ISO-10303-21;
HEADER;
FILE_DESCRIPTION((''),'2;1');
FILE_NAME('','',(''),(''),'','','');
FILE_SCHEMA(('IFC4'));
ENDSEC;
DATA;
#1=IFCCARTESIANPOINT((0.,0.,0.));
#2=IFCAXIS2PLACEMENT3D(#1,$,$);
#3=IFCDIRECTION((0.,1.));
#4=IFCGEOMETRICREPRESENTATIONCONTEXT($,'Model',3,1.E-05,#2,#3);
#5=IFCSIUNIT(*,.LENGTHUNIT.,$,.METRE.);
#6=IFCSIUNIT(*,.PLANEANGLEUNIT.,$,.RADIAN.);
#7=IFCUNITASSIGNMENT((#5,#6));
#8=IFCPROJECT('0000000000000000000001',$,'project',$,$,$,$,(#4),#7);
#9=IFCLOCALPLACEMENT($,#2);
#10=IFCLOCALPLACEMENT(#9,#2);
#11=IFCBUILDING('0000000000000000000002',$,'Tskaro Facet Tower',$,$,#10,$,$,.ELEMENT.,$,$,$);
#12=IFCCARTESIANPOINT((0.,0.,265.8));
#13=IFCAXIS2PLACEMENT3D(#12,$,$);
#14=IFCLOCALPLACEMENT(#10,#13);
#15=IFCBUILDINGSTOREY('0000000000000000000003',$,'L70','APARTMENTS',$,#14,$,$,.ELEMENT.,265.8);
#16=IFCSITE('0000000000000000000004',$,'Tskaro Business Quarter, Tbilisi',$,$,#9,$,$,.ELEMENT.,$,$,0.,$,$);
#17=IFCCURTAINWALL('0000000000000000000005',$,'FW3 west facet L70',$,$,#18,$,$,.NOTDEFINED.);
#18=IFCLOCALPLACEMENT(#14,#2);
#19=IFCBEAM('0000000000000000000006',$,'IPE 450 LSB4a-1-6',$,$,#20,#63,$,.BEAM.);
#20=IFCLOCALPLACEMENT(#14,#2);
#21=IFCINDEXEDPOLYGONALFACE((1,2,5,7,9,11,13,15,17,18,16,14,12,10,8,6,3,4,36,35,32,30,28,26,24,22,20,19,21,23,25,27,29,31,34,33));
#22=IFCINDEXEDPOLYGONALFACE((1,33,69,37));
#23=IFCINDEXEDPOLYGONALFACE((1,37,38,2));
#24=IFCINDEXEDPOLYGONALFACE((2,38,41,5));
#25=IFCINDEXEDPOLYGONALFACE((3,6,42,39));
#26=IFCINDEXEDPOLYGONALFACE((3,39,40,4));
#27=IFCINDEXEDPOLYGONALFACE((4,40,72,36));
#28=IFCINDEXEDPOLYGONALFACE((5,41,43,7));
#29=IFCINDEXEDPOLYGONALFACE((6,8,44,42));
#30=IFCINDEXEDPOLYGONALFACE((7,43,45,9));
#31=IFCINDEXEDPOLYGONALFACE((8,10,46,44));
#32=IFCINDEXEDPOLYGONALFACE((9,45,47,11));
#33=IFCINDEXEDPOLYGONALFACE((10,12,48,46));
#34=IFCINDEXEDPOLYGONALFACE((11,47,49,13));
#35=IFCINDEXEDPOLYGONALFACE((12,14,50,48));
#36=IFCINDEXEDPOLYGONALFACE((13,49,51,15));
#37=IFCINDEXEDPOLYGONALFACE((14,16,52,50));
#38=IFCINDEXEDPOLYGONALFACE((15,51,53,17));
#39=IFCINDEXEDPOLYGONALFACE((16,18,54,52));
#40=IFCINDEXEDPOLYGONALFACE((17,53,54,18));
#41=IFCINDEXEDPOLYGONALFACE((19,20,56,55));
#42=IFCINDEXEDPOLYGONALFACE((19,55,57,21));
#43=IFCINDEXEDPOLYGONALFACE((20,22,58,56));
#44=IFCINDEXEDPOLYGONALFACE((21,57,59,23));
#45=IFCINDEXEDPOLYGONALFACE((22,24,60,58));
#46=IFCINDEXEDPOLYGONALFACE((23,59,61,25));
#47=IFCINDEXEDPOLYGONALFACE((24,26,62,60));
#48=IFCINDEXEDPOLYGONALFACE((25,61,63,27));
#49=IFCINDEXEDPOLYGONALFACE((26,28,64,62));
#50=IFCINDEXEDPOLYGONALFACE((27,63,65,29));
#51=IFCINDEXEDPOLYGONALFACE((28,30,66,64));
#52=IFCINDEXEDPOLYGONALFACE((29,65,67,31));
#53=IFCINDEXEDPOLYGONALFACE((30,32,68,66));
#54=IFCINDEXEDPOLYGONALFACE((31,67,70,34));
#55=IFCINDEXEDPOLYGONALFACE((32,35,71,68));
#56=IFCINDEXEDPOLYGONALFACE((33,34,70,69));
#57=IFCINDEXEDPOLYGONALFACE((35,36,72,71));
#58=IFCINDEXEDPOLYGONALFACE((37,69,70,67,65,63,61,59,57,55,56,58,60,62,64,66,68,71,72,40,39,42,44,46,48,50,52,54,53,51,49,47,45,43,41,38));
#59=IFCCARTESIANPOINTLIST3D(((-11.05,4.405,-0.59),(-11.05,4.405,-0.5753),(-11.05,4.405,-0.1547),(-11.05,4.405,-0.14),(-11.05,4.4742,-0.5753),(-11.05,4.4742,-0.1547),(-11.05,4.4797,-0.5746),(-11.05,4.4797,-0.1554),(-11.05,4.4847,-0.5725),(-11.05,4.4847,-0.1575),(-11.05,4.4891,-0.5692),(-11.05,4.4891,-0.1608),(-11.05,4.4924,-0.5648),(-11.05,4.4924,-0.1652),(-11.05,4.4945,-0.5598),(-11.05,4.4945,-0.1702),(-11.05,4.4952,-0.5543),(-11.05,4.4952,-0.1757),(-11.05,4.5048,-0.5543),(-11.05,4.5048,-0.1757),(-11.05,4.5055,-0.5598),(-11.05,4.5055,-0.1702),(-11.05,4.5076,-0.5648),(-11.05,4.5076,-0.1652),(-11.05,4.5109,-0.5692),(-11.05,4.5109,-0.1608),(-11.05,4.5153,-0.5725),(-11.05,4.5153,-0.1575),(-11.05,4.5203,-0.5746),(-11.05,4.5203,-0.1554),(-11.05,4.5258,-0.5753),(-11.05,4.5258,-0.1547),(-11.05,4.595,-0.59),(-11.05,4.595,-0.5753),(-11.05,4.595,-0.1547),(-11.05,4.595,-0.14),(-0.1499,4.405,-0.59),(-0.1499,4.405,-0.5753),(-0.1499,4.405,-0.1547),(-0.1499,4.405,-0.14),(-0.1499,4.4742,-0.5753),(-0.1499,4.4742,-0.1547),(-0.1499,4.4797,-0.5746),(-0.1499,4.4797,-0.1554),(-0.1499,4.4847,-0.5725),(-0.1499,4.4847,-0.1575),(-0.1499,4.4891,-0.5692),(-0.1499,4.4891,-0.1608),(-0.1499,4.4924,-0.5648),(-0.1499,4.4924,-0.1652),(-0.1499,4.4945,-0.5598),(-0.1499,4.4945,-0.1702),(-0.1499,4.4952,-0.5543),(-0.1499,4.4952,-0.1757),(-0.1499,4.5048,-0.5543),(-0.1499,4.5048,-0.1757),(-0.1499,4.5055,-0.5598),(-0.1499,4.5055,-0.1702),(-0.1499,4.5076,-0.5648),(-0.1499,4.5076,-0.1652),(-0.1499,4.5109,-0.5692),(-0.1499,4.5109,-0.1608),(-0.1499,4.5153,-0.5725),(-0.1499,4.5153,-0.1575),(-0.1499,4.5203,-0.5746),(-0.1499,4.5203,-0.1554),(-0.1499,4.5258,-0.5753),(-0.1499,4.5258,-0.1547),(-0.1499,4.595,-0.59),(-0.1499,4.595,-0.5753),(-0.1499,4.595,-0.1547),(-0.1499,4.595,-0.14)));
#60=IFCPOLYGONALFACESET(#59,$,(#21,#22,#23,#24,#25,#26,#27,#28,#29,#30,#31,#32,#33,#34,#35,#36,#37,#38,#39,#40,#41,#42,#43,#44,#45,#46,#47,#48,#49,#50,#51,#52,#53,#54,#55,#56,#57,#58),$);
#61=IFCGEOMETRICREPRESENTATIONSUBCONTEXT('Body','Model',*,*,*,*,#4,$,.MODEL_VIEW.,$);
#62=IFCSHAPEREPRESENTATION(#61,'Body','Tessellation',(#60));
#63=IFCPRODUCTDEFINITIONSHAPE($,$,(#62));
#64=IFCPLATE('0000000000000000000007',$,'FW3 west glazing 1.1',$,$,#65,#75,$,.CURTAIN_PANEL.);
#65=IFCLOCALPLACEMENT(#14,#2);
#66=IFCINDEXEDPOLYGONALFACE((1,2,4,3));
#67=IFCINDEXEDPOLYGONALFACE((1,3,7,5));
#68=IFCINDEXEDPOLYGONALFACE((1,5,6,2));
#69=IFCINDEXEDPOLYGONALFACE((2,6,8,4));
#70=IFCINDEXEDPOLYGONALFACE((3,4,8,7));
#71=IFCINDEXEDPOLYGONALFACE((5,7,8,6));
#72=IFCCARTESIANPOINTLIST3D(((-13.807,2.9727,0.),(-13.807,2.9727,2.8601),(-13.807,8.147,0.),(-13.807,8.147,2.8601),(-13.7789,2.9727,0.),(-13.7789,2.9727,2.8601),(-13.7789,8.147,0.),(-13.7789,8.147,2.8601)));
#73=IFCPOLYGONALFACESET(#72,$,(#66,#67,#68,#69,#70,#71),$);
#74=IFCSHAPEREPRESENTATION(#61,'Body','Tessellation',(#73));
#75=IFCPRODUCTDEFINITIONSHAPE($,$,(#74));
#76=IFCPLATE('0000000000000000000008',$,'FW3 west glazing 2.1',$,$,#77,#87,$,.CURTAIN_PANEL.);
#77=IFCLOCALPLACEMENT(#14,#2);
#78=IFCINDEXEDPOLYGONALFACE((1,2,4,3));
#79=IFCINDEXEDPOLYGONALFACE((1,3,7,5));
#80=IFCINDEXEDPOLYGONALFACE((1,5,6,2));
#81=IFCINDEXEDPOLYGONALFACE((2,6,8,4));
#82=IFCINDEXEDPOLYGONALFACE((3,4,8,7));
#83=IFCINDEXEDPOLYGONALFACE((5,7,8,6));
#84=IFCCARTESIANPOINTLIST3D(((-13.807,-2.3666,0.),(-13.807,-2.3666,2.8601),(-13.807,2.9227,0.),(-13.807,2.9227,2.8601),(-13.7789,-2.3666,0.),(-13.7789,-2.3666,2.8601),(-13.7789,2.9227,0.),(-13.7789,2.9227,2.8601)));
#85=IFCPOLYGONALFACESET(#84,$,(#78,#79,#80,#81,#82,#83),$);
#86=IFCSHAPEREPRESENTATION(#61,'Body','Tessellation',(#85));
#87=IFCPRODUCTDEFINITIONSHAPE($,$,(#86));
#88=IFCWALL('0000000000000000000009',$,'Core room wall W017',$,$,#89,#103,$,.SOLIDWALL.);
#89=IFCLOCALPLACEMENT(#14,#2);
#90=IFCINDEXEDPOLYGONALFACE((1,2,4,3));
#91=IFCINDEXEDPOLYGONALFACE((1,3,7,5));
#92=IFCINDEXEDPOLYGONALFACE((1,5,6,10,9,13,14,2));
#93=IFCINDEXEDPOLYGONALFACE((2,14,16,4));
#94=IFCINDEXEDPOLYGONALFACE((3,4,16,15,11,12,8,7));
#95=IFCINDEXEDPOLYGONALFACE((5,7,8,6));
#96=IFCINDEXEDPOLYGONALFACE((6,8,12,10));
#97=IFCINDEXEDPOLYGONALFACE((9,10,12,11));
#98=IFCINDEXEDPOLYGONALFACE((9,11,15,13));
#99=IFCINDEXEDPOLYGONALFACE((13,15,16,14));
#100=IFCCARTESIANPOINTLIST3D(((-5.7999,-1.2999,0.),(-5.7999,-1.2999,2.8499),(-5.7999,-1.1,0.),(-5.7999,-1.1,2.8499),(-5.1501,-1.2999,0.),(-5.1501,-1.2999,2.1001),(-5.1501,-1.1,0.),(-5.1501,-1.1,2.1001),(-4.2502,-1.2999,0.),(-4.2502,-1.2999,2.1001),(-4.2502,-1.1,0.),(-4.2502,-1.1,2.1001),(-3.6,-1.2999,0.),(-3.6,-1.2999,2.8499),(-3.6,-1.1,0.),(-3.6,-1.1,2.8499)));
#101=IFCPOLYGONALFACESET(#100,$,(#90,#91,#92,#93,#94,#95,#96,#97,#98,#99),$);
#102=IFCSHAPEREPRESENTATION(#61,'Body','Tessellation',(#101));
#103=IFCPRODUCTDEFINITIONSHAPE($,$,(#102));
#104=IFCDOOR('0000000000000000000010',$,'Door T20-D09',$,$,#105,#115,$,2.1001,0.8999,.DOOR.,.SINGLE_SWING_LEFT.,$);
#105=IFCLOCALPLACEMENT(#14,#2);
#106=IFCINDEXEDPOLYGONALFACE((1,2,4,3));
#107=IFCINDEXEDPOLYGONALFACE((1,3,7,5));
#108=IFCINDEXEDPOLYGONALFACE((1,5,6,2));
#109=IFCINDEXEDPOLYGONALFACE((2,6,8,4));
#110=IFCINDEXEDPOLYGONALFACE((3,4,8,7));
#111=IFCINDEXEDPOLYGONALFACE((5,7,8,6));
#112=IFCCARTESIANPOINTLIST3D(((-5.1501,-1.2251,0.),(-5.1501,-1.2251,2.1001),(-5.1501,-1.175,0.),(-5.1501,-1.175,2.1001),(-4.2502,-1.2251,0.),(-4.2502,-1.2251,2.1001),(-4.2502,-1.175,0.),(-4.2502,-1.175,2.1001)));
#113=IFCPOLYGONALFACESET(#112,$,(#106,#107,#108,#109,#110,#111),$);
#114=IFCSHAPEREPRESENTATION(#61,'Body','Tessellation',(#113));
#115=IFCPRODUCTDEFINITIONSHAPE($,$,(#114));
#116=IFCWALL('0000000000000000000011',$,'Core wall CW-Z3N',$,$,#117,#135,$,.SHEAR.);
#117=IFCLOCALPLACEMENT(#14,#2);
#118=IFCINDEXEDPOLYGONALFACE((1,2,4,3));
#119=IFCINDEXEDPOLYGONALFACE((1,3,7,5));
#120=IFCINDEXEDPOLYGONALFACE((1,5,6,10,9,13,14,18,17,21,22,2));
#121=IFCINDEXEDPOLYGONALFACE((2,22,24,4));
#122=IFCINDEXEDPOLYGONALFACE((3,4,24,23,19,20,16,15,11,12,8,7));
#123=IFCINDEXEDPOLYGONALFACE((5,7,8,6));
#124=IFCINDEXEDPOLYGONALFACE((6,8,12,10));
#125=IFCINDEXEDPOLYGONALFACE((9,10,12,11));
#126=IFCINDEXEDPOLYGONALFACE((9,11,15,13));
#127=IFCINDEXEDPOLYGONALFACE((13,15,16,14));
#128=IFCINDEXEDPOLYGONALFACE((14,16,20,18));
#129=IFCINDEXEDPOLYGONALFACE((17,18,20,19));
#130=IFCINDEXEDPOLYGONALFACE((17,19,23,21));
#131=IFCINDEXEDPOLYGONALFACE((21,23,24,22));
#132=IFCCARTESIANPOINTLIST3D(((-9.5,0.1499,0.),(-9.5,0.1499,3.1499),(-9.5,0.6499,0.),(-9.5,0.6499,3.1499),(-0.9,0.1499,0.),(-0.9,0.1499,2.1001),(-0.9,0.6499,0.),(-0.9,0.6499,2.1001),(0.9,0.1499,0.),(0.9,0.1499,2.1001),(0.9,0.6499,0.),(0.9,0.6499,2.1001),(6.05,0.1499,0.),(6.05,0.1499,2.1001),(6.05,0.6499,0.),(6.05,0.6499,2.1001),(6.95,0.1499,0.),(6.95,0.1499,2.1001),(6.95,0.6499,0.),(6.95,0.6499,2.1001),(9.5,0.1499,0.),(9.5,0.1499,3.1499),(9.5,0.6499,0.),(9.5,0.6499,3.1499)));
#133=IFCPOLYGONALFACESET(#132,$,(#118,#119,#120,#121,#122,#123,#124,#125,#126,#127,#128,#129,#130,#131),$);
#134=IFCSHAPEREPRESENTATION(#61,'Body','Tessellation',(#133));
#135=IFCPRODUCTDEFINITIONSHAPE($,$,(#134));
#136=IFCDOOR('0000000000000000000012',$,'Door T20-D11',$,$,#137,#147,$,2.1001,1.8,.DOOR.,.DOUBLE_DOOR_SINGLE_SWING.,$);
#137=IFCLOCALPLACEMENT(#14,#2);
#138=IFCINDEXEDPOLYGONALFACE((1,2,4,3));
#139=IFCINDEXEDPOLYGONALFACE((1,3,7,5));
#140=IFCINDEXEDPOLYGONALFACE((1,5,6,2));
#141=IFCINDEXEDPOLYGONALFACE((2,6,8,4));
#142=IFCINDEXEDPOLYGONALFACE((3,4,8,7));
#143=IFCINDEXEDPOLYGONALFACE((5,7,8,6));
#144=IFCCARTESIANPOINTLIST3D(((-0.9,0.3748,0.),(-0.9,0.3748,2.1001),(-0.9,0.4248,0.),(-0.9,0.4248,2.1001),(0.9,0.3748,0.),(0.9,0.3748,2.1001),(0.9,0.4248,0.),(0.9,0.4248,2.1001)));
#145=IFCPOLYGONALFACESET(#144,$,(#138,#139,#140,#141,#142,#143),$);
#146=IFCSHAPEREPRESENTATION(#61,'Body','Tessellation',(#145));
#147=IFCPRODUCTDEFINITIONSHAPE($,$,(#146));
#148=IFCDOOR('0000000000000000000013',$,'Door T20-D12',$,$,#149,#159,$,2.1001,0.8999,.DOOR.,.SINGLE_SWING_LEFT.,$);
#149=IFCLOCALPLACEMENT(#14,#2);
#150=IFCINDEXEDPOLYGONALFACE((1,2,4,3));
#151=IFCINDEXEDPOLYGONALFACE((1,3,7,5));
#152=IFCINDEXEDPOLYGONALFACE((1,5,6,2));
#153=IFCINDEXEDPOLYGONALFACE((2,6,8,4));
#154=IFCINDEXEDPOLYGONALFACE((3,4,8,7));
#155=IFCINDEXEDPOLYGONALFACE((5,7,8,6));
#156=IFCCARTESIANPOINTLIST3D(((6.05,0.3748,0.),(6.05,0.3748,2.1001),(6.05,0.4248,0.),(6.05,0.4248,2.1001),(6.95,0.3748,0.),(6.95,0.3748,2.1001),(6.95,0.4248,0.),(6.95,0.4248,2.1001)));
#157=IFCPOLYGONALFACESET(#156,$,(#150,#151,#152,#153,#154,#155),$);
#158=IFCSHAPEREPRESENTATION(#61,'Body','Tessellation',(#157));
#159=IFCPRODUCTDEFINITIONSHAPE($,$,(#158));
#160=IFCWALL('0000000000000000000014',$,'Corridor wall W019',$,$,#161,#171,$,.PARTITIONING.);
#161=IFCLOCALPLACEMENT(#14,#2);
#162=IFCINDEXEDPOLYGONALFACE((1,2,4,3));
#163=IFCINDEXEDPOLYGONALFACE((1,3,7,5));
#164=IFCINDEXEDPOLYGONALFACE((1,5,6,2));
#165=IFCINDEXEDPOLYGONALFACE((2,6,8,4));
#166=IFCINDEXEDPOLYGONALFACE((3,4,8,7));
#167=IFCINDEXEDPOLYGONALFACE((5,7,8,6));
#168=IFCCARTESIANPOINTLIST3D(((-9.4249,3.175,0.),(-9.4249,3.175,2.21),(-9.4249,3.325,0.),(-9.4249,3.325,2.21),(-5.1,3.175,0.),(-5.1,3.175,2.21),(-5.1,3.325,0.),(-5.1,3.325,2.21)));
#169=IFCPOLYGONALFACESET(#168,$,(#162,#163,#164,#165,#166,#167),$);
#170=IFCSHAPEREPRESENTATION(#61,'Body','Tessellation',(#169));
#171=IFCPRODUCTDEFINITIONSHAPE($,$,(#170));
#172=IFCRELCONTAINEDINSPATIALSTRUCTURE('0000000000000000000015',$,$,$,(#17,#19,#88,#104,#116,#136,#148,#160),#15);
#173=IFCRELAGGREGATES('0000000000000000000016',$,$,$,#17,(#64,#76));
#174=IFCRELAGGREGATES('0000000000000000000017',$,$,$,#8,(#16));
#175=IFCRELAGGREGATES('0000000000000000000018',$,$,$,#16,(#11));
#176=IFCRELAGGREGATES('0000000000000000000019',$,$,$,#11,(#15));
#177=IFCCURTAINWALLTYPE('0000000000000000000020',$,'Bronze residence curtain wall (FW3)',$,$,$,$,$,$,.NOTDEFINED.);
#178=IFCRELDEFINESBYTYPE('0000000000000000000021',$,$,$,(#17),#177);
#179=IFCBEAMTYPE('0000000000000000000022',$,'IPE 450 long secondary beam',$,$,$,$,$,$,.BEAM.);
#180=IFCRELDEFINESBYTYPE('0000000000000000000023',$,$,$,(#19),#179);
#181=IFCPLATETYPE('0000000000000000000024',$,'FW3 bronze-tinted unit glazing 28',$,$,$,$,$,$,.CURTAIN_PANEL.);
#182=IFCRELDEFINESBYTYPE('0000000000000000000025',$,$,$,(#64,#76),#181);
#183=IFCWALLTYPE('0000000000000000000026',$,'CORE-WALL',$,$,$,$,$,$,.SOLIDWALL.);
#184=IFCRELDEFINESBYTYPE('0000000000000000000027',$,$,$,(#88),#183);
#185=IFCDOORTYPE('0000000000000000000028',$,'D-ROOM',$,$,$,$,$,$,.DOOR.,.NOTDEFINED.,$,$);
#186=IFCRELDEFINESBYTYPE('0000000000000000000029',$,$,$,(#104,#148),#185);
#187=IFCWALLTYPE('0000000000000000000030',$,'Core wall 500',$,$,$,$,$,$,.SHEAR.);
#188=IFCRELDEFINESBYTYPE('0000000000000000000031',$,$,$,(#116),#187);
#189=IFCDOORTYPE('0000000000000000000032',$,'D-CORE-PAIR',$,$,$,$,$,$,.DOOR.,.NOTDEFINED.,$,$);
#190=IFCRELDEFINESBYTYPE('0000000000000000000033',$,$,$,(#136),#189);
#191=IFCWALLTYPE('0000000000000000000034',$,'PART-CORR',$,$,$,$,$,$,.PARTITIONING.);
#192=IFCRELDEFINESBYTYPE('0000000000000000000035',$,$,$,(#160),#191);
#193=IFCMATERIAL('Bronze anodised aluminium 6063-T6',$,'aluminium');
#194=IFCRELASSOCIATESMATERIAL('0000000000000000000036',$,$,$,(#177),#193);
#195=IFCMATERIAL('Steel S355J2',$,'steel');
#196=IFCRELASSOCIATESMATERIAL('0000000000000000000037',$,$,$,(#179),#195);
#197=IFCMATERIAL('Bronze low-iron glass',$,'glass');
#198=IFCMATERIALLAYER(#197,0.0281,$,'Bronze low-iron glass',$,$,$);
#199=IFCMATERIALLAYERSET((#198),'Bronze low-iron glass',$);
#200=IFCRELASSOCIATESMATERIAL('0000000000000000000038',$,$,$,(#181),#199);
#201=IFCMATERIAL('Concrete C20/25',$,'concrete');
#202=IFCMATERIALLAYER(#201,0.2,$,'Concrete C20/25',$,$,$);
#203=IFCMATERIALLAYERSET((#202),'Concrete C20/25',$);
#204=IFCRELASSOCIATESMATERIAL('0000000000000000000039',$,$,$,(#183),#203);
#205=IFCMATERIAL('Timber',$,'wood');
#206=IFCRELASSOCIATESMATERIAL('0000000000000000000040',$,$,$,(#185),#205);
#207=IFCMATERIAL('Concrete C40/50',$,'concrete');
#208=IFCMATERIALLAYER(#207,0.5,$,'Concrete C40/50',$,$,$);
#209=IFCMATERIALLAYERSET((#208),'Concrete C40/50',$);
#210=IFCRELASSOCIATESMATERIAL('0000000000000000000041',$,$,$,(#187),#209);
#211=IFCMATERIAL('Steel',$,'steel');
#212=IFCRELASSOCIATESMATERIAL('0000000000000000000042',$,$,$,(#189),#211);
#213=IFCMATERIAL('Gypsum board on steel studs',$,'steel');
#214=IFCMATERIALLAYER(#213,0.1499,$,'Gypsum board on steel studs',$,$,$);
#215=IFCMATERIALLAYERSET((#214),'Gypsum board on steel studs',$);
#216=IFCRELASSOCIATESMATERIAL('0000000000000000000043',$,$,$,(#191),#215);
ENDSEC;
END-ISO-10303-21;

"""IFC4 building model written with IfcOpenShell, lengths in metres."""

from ifc_helpers import new_model, si_unit, direction, frame, frame_2d, origin, origin_2d, place, context, subcontext, project, spatial, rectangle, i_section, extrude, material, layer, layer_set, material_profile, profile_set, type_object, element, fill, aggregate, save


model = new_model("IFC4")

# Units and contexts
model_context = context("Model", 3, precision=1e-05, world=origin(), true_north=direction((0.0, 1.0)))
body_context = subcontext(model_context, "Body", "Model", "MODEL_VIEW")
ifc_project = project(units=[si_unit("LENGTHUNIT", "METRE"), si_unit("PLANEANGLEUNIT", "RADIAN")], contexts=[model_context])

# Site, building, storey
site_placement = place(None, origin())
site = spatial("IfcSite", under=ifc_project, at=site_placement, Name="Tskaro Business Quarter, Tbilisi", CompositionType="ELEMENT", RefElevation=0.0)
building_placement = place(site_placement, origin())
building = spatial("IfcBuilding", under=site, at=building_placement, Name="Tskaro Facet Tower", CompositionType="ELEMENT")
storey_placement = place(building_placement, frame((0.0, 0.0, 265.8)))
storey = spatial("IfcBuildingStorey", under=building, at=storey_placement, Name="L70", Description="APARTMENTS", CompositionType="ELEMENT", Elevation=265.8)

# Curtain wall
ifc_material_1 = material(Name="Bronze anodised aluminium 6063-T6", Category="aluminium")
curtain_wall_type = type_object("IfcCurtainWallType", Name="Bronze residence curtain wall (FW3)", PredefinedType="NOTDEFINED", material=ifc_material_1)
curtain_wall_placement = place(storey_placement, origin())
curtain_wall = element("IfcCurtainWall", 1, at=curtain_wall_placement, inside=storey, type_object=curtain_wall_type, Name="FW3 west facet L70", PredefinedType="NOTDEFINED")

# Beam
ifc_material_2 = material(Name="Steel S355J2", Category="steel")
ifc_material_profile_1 = material_profile(ifc_material_2, i_section(OverallWidth=0.1899, OverallDepth=0.45, WebThickness=0.0095, FlangeThickness=0.0146, FilletRadius=0.021, at=origin_2d()), Name="IPE 450")
ifc_profile_set_1 = profile_set([ifc_material_profile_1], Name="Steel S355J2")
beam_type_1 = type_object("IfcBeamType", Name="IPE 450 long secondary beam", PredefinedType="BEAM", material=ifc_profile_set_1)
beam_1_placement = place(storey_placement, frame((-11.05, 4.5, -0.365), z_axis=(1.0, 0.0, 0.0), x_axis=(0.0, 1.0, 0.0)))
element("IfcBeam", 2, at=beam_1_placement, inside=storey, type_object=beam_type_1, Name="IPE 450 LSB4a-1-6", PredefinedType="BEAM", context=body_context, shape_type="SweptSolid", body=[
    extrude(i_section(OverallWidth=0.1899, OverallDepth=0.45, WebThickness=0.0095, FlangeThickness=0.0146, FilletRadius=0.021, at=origin_2d()), origin(), (0.0, 0.0, 1.0), 10.9001),
])

# Plates
ifc_material_3 = material(Name="Bronze low-iron glass", Category="glass")
ifc_layer_1 = layer(ifc_material_3, 0.0281, Name="Bronze low-iron glass")
ifc_layer_set_1 = layer_set([ifc_layer_1], Name="Bronze low-iron glass")
plate_type = type_object("IfcPlateType", Name="FW3 bronze-tinted unit glazing 28", PredefinedType="CURTAIN_PANEL", material=ifc_layer_set_1)
plate_1_placement = place(storey_placement, frame((-13.793, 5.5598, 0.0), z_axis=(0.0, 0.0, 1.0), x_axis=(0.0, -1.0, 0.0)))
plate_1 = element("IfcPlate", 3, at=plate_1_placement, type_object=plate_type, Name="FW3 west glazing 1.1", PredefinedType="CURTAIN_PANEL", context=body_context, shape_type="SweptSolid", body=[
    extrude(rectangle(XDim=5.1743, YDim=0.0281, at=origin_2d()), origin(), (0.0, 0.0, 1.0), 2.8601),
])
plate_2_placement = place(storey_placement, frame((-13.793, 0.2781, 0.0), z_axis=(0.0, 0.0, 1.0), x_axis=(0.0, -1.0, 0.0)))
plate_2 = element("IfcPlate", 4, at=plate_2_placement, type_object=plate_type, Name="FW3 west glazing 2.1", PredefinedType="CURTAIN_PANEL", context=body_context, shape_type="SweptSolid", body=[
    extrude(rectangle(XDim=5.2893, YDim=0.0281, at=origin_2d()), origin(), (0.0, 0.0, 1.0), 2.8601),
])
aggregate(curtain_wall, [plate_1, plate_2])

# Wall, opening, door
ifc_material_4 = material(Name="Concrete C20/25", Category="concrete")
ifc_layer_2 = layer(ifc_material_4, 0.2, Name="Concrete C20/25")
ifc_layer_set_2 = layer_set([ifc_layer_2], Name="Concrete C20/25")
wall_type_1 = type_object("IfcWallType", Name="CORE-WALL", PredefinedType="SOLIDWALL", material=ifc_layer_set_2)
wall_1_placement = place(storey_placement, frame((-5.8, -1.2, 0.0), z_axis=(0.0, 0.0, 1.0), x_axis=(1.0, 0.0, 0.0)))
wall_1 = element("IfcWall", 5, at=wall_1_placement, inside=storey, type_object=wall_type_1, Name="Core room wall W017", PredefinedType="SOLIDWALL", context=body_context, shape_type="SweptSolid", body=[
    extrude(rectangle(XDim=2.2, YDim=0.2, at=frame_2d((1.1001, 0.0))), origin(), (0.0, 0.0, 1.0), 2.8499),
])
opening_1_placement = place(wall_1_placement, frame((0.6499, 0.0, 0.0)))
opening_1 = element("IfcOpeningElement", 6, at=opening_1_placement, cuts=wall_1, PredefinedType="OPENING", context=body_context, shape_type="SweptSolid", body=[
    extrude(rectangle(XDim=0.8999, YDim=2.1001, at=frame_2d((0.45, 1.05))), frame((0.0, 0.1099, 0.0), z_axis=(0.0, -1.0, 0.0), x_axis=(1.0, 0.0, 0.0)), (0.0, 0.0, 1.0), 0.22),
])
ifc_material_5 = material(Name="Timber", Category="wood")
door_type_1 = type_object("IfcDoorType", Name="D-ROOM", OperationType="NOTDEFINED", PredefinedType="DOOR", material=ifc_material_5)
door_1_placement = place(opening_1_placement, origin())
door_1 = element("IfcDoor", 7, at=door_1_placement, inside=storey, type_object=door_type_1, Name="Door T20-D09", OperationType="SINGLE_SWING_LEFT", OverallHeight=2.1001, OverallWidth=0.8999, PredefinedType="DOOR", context=body_context, shape_type="SweptSolid", body=[
    extrude(rectangle(XDim=0.8999, YDim=2.1001, at=frame_2d((0.45, 1.05))), frame((0.0, 0.0249, 0.0), z_axis=(0.0, -1.0, 0.0), x_axis=(1.0, 0.0, 0.0)), (0.0, 0.0, 1.0), 0.05),
])
fill(opening_1, door_1)

# Wall, openings, doors
ifc_material_6 = material(Name="Concrete C40/50", Category="concrete")
ifc_layer_3 = layer(ifc_material_6, 0.5, Name="Concrete C40/50")
ifc_layer_set_3 = layer_set([ifc_layer_3], Name="Concrete C40/50")
wall_type_2 = type_object("IfcWallType", Name="Core wall 500", PredefinedType="SHEAR", material=ifc_layer_set_3)
wall_2_placement = place(storey_placement, frame((-9.5, 0.3999, 0.0), z_axis=(0.0, 0.0, 1.0), x_axis=(1.0, 0.0, 0.0)))
wall_2 = element("IfcWall", 8, at=wall_2_placement, inside=storey, type_object=wall_type_2, Name="Core wall CW-Z3N", PredefinedType="SHEAR", context=body_context, shape_type="SweptSolid", body=[
    extrude(rectangle(XDim=19.0, YDim=0.5, at=frame_2d((9.5, 0.0))), origin(), (0.0, 0.0, 1.0), 3.1499),
])
opening_2_placement = place(wall_2_placement, frame((8.6001, 0.0, 0.0)))
opening_2 = element("IfcOpeningElement", 9, at=opening_2_placement, cuts=wall_2, PredefinedType="OPENING", context=body_context, shape_type="SweptSolid", body=[
    extrude(rectangle(XDim=1.8, YDim=2.1001, at=frame_2d((0.8999, 1.05))), frame((0.0, 0.26, 0.0), z_axis=(0.0, -1.0, 0.0), x_axis=(1.0, 0.0, 0.0)), (0.0, 0.0, 1.0), 0.52),
])
opening_3_placement = place(wall_2_placement, frame((15.55, 0.0, 0.0)))
opening_3 = element("IfcOpeningElement", 10, at=opening_3_placement, cuts=wall_2, PredefinedType="OPENING", context=body_context, shape_type="SweptSolid", body=[
    extrude(rectangle(XDim=0.8999, YDim=2.1001, at=frame_2d((0.45, 1.05))), frame((0.0, 0.26, 0.0), z_axis=(0.0, -1.0, 0.0), x_axis=(1.0, 0.0, 0.0)), (0.0, 0.0, 1.0), 0.52),
])
ifc_material_7 = material(Name="Steel", Category="steel")
door_type_2 = type_object("IfcDoorType", Name="D-CORE-PAIR", OperationType="NOTDEFINED", PredefinedType="DOOR", material=ifc_material_7)
door_2_placement = place(opening_2_placement, origin())
door_2 = element("IfcDoor", 11, at=door_2_placement, inside=storey, type_object=door_type_2, Name="Door T20-D11", OperationType="DOUBLE_DOOR_SINGLE_SWING", OverallHeight=2.1001, OverallWidth=1.8, PredefinedType="DOOR", context=body_context, shape_type="SweptSolid", body=[
    extrude(rectangle(XDim=1.8, YDim=2.1001, at=frame_2d((0.8999, 1.05))), frame((0.0, 0.0249, 0.0), z_axis=(0.0, -1.0, 0.0), x_axis=(1.0, 0.0, 0.0)), (0.0, 0.0, 1.0), 0.05),
])
fill(opening_2, door_2)
door_3_placement = place(opening_3_placement, origin())
door_3 = element("IfcDoor", 12, at=door_3_placement, inside=storey, type_object=door_type_1, Name="Door T20-D12", OperationType="SINGLE_SWING_LEFT", OverallHeight=2.1001, OverallWidth=0.8999, PredefinedType="DOOR", context=body_context, shape_type="SweptSolid", body=[
    extrude(rectangle(XDim=0.8999, YDim=2.1001, at=frame_2d((0.45, 1.05))), frame((0.0, 0.0249, 0.0), z_axis=(0.0, -1.0, 0.0), x_axis=(1.0, 0.0, 0.0)), (0.0, 0.0, 1.0), 0.05),
])
fill(opening_3, door_3)

# Wall
ifc_material_8 = material(Name="Gypsum board on steel studs", Category="steel")
ifc_layer_4 = layer(ifc_material_8, 0.1499, Name="Gypsum board on steel studs")
ifc_layer_set_4 = layer_set([ifc_layer_4], Name="Gypsum board on steel studs")
wall_type_3 = type_object("IfcWallType", Name="PART-CORR", PredefinedType="PARTITIONING", material=ifc_layer_set_4)
wall_3_placement = place(storey_placement, frame((-9.425, 3.25, 0.0), z_axis=(0.0, 0.0, 1.0), x_axis=(1.0, 0.0, 0.0)))
element("IfcWall", 13, at=wall_3_placement, inside=storey, type_object=wall_type_3, Name="Corridor wall W019", PredefinedType="PARTITIONING", context=body_context, shape_type="SweptSolid", body=[
    extrude(rectangle(XDim=4.325, YDim=0.1499, at=frame_2d((2.1626, 0.0))), origin(), (0.0, 0.0, 1.0), 2.21),
])

save(model, "model.ifc")
